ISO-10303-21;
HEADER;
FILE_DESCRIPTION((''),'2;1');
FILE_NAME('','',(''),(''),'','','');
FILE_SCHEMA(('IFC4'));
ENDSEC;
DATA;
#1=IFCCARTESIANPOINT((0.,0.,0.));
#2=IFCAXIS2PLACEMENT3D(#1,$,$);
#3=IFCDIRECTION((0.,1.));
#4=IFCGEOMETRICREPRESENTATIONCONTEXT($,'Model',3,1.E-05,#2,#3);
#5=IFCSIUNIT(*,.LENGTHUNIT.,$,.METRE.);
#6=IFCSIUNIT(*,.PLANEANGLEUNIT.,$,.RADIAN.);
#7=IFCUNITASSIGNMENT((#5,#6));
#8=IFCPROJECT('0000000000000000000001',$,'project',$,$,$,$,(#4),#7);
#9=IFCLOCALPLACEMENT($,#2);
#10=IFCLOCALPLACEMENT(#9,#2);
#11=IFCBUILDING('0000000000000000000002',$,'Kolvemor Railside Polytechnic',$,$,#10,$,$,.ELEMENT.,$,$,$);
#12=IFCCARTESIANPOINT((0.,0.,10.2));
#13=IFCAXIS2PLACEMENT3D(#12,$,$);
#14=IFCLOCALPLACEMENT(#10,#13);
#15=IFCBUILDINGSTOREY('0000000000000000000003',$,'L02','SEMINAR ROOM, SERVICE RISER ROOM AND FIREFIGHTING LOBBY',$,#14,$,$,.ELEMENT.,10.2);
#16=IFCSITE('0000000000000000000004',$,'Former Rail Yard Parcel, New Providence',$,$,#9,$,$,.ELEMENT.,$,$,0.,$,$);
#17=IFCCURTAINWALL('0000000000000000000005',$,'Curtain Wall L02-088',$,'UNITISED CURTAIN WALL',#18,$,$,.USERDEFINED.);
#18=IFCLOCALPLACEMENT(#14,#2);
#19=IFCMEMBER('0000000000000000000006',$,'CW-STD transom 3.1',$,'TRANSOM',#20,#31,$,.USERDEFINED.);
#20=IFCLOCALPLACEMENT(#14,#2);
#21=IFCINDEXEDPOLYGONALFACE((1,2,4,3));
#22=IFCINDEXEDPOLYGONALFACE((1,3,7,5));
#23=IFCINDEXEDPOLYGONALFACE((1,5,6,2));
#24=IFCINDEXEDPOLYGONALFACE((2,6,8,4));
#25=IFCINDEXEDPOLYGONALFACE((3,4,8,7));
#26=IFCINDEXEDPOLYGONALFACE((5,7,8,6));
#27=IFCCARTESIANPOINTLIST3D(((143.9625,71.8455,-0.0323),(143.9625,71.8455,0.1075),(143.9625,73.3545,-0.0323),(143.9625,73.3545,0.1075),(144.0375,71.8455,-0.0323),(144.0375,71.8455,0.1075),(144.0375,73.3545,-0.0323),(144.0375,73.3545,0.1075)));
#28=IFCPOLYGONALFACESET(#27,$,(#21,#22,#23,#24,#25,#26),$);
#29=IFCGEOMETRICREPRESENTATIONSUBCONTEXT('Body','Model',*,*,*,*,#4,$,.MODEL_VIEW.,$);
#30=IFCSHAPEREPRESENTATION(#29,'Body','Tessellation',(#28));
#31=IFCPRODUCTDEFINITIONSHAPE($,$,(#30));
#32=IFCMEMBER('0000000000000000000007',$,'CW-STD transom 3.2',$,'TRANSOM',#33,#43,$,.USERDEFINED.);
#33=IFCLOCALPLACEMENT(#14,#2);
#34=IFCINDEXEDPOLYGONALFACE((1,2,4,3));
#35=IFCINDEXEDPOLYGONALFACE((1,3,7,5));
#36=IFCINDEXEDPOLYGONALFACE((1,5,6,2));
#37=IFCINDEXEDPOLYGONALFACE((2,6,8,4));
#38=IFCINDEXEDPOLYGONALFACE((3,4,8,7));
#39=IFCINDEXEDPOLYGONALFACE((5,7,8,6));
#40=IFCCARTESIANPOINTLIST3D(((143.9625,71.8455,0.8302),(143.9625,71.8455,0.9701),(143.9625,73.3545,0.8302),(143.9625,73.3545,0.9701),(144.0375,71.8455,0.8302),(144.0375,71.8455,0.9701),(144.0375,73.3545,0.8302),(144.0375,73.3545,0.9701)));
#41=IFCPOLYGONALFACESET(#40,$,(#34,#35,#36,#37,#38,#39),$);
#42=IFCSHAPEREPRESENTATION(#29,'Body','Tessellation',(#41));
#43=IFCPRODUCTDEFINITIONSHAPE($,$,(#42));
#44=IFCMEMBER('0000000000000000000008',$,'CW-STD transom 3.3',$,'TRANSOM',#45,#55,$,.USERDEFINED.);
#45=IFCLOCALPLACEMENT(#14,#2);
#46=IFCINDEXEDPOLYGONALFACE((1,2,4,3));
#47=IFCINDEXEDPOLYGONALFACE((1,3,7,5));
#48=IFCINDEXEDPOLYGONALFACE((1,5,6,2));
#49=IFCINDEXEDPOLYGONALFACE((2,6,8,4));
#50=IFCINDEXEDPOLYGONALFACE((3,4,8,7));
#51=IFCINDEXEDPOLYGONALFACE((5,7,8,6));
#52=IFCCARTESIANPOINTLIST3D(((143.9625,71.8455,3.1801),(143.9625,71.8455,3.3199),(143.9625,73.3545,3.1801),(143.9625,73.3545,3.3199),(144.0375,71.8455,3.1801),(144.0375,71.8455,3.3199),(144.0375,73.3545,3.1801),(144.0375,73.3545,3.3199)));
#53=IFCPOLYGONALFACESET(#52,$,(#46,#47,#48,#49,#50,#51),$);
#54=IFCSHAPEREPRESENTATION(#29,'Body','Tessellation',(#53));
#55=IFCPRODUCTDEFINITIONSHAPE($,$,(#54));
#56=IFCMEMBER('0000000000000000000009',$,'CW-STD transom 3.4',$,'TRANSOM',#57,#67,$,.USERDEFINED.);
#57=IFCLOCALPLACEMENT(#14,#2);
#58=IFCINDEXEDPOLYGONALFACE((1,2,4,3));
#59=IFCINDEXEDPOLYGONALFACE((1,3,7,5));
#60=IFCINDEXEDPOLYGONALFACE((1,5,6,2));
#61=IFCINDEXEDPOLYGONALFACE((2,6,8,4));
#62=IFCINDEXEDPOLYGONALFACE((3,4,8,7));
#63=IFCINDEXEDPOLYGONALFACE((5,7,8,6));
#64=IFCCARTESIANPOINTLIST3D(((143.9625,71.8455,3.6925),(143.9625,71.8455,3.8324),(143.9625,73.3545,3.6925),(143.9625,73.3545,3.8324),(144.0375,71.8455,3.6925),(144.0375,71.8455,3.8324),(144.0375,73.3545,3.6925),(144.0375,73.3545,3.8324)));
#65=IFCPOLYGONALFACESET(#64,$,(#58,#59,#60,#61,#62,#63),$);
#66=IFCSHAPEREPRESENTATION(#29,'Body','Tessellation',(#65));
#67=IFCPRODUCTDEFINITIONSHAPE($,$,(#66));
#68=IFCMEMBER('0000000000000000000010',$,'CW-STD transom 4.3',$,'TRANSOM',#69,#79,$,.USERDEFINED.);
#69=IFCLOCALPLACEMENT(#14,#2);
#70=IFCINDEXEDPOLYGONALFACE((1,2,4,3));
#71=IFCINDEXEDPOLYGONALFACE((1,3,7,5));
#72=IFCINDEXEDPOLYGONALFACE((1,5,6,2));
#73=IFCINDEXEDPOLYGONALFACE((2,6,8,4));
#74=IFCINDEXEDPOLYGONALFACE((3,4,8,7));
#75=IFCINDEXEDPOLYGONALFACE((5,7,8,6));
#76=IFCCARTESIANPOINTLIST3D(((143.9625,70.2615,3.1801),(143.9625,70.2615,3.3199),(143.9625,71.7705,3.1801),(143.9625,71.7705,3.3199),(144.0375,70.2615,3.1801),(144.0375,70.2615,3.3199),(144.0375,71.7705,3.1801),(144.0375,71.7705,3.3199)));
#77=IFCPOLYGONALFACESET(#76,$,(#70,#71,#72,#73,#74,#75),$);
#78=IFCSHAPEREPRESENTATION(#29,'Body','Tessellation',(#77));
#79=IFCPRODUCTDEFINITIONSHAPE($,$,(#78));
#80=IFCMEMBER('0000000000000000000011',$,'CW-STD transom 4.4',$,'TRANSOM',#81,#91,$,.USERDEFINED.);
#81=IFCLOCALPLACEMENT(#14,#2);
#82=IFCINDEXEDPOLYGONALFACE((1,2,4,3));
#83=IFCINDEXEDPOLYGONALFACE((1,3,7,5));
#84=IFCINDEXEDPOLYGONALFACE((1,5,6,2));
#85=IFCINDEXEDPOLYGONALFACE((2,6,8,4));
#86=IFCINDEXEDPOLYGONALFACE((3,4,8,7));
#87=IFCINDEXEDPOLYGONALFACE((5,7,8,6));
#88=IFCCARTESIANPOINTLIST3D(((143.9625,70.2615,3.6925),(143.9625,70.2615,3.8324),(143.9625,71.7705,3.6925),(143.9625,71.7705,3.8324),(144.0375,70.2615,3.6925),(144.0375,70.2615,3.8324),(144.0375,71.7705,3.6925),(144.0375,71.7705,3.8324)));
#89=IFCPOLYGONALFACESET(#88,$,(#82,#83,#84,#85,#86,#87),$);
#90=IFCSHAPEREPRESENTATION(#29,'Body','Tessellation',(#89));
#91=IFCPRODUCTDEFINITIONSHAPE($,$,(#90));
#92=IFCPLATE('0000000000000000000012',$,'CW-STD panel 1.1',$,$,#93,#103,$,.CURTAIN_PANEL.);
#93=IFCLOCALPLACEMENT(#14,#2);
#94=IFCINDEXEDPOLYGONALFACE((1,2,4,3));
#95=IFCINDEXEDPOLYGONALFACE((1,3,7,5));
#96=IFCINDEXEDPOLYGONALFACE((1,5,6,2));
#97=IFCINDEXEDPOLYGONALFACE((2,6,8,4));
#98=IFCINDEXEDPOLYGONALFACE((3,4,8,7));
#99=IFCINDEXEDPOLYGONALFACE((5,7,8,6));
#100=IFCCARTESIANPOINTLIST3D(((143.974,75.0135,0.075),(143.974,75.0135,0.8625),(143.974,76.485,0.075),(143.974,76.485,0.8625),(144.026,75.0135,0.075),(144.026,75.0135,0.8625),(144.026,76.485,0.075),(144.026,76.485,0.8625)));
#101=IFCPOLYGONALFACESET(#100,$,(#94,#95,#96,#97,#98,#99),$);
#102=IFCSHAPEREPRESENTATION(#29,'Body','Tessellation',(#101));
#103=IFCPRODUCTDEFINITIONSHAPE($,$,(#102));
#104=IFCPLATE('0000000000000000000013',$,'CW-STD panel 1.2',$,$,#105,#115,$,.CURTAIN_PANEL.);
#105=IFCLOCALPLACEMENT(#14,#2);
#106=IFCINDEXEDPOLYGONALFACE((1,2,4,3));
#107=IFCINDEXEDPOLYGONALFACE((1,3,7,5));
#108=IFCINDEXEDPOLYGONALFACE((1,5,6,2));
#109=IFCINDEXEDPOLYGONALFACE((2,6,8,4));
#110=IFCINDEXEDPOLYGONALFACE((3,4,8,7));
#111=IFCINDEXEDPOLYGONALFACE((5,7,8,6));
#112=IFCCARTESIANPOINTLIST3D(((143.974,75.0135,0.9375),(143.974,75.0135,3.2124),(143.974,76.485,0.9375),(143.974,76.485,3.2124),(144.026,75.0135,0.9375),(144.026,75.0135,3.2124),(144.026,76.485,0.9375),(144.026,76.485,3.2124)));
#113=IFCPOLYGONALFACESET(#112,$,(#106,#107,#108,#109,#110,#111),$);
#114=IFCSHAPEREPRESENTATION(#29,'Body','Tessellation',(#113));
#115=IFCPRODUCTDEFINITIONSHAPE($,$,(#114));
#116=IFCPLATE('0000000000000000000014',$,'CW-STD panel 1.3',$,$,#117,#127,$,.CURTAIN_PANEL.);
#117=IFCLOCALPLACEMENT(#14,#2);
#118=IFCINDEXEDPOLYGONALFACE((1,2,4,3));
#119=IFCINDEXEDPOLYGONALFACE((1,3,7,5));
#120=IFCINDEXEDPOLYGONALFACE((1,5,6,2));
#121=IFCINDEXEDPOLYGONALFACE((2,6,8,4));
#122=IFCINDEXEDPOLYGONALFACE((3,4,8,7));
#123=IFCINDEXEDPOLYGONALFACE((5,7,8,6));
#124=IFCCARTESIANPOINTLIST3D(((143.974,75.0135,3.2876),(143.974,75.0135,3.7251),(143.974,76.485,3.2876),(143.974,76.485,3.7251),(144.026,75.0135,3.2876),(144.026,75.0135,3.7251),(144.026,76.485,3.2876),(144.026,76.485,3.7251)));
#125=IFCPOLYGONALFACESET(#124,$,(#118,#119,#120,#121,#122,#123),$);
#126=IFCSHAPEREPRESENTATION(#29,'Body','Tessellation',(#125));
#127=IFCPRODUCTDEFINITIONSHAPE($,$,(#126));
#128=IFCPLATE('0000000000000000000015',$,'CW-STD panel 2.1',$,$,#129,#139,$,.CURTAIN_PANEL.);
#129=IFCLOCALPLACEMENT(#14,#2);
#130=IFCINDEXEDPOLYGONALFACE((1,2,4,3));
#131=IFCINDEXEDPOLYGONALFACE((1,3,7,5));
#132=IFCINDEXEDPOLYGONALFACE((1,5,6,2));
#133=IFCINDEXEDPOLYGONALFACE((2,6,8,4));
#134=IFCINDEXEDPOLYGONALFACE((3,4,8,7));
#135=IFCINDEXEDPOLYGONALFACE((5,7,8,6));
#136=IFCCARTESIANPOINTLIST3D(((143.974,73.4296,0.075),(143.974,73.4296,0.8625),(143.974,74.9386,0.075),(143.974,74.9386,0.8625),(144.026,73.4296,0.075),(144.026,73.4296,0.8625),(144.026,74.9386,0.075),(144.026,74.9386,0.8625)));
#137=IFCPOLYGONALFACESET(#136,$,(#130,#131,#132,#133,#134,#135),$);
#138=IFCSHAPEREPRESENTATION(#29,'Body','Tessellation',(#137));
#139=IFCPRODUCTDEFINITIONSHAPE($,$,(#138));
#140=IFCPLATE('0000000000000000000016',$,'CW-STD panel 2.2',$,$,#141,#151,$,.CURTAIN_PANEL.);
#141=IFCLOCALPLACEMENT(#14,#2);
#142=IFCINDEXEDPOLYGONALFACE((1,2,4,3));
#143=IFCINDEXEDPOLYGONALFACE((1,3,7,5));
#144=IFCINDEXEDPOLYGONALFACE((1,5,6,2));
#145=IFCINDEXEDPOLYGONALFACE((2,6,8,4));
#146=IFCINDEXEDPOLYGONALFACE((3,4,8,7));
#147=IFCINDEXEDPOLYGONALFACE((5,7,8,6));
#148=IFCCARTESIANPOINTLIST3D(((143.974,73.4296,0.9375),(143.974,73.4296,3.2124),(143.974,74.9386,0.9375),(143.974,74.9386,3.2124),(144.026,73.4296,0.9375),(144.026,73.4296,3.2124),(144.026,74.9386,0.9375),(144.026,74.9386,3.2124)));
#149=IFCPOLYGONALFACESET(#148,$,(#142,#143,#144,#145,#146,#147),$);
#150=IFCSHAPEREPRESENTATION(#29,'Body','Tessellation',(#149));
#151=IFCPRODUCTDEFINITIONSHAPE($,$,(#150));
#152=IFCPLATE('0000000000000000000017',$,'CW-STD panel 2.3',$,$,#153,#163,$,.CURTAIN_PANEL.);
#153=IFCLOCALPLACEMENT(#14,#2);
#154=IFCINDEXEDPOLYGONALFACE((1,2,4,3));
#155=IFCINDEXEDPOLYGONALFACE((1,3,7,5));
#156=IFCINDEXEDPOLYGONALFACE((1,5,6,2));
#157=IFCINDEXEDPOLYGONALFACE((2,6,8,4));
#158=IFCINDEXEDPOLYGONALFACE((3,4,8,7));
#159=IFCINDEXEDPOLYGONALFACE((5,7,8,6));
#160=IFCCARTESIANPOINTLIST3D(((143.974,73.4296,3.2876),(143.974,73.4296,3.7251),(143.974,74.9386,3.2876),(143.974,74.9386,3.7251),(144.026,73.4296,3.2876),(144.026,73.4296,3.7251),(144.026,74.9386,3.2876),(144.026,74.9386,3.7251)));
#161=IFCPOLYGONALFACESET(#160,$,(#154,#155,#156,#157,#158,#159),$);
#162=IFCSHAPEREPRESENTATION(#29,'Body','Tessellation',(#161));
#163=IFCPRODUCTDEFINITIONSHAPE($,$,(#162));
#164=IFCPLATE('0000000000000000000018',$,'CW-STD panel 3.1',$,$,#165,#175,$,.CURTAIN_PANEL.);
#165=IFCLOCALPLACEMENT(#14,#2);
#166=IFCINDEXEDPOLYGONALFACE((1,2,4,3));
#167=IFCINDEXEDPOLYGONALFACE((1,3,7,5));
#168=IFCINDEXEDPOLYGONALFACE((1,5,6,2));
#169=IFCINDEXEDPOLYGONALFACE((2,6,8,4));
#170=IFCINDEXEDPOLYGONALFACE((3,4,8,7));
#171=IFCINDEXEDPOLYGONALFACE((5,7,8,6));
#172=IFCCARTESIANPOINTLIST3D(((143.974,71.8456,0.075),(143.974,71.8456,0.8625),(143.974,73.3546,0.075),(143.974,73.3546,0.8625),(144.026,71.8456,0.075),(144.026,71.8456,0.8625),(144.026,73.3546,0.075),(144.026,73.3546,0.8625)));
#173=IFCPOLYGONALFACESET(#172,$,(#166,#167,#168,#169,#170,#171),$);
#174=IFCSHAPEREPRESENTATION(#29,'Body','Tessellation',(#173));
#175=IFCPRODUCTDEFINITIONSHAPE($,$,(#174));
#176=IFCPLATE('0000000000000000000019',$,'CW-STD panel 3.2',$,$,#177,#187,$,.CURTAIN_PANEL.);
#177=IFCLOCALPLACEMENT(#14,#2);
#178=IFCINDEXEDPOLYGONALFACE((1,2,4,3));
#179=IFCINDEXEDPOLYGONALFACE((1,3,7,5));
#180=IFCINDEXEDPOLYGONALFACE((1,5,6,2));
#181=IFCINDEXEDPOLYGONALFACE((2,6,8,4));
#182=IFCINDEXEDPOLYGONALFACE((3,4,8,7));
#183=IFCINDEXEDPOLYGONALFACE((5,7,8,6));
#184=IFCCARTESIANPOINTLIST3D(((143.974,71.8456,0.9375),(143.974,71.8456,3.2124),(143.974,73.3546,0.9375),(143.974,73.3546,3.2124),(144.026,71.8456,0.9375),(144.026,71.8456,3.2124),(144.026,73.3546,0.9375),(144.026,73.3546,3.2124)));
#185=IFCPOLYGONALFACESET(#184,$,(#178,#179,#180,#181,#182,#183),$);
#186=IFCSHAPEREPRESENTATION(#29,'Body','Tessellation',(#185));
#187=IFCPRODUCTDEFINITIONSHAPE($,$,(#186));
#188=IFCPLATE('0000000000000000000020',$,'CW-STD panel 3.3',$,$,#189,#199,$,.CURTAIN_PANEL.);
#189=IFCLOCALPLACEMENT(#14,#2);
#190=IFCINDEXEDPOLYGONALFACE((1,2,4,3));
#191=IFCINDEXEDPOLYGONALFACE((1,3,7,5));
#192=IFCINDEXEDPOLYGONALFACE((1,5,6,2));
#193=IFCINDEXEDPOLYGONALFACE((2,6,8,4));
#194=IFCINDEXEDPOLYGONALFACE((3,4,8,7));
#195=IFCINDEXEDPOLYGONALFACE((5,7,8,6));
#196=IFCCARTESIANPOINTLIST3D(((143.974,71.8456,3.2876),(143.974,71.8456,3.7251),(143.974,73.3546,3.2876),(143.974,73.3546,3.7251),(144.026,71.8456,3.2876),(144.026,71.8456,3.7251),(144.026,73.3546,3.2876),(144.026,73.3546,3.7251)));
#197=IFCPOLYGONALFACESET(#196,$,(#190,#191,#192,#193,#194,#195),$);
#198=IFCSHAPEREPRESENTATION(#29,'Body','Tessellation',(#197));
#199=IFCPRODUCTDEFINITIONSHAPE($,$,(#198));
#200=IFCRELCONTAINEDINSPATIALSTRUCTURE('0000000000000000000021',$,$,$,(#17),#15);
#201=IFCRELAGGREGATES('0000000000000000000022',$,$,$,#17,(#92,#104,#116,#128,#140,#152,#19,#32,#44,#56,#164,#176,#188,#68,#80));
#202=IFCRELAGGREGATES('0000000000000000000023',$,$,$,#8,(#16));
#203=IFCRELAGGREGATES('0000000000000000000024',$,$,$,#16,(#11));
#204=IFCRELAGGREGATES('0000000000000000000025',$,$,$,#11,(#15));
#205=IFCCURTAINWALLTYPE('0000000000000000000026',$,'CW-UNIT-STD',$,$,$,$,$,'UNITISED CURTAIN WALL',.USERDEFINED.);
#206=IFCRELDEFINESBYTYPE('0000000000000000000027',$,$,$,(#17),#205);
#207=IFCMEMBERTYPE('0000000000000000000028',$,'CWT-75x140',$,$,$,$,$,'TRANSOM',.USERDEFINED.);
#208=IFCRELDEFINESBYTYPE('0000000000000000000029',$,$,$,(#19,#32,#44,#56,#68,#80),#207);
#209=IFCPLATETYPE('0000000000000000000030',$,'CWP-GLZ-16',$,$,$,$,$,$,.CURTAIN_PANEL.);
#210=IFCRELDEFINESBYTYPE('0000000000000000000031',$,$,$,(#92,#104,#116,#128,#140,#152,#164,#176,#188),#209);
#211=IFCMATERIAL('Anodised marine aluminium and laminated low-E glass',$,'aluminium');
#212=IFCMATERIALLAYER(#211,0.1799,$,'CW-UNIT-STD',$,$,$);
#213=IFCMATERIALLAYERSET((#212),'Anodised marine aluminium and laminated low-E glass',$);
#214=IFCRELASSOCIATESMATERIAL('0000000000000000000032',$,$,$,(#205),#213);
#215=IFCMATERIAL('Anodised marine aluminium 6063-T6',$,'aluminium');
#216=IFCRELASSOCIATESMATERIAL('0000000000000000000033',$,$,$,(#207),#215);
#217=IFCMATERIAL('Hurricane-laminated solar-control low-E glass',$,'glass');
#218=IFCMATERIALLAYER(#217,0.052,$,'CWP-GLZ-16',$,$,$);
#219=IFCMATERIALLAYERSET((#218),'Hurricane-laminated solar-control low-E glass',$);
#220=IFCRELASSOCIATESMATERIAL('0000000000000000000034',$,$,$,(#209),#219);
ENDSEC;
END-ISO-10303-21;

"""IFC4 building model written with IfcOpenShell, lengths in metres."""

from ifc_helpers import new_model, si_unit, direction, frame, origin, origin_2d, place, context, subcontext, project, spatial, rectangle, extrude, material, layer, layer_set, material_profile, profile_set, type_object, element, aggregate, save


model = new_model("IFC4")

# Units and contexts
model_context = context("Model", 3, precision=1e-05, world=origin(), true_north=direction((0.0, 1.0)))
body_context = subcontext(model_context, "Body", "Model", "MODEL_VIEW")
ifc_project = project(units=[si_unit("LENGTHUNIT", "METRE"), si_unit("PLANEANGLEUNIT", "RADIAN")], contexts=[model_context])

# Site, building, storey
site_placement = place(None, origin())
site = spatial("IfcSite", under=ifc_project, at=site_placement, Name="Former Rail Yard Parcel, New Providence", CompositionType="ELEMENT", RefElevation=0.0)
building_placement = place(site_placement, origin())
building = spatial("IfcBuilding", under=site, at=building_placement, Name="Kolvemor Railside Polytechnic", CompositionType="ELEMENT")
storey_placement = place(building_placement, frame((0.0, 0.0, 10.2)))
storey = spatial("IfcBuildingStorey", under=building, at=storey_placement, Name="L02", Description="SEMINAR ROOM, SERVICE RISER ROOM AND FIREFIGHTING LOBBY", CompositionType="ELEMENT", Elevation=10.2)

# Curtain wall, members, plates
ifc_material_1 = material(Name="Anodised marine aluminium and laminated low-E glass", Category="aluminium")
ifc_layer_1 = layer(ifc_material_1, 0.1799, Name="CW-UNIT-STD")
ifc_layer_set_1 = layer_set([ifc_layer_1], Name="Anodised marine aluminium and laminated low-E glass")
curtain_wall_type = type_object("IfcCurtainWallType", Name="CW-UNIT-STD", ElementType="UNITISED CURTAIN WALL", PredefinedType="USERDEFINED", material=ifc_layer_set_1)
curtain_wall_placement = place(storey_placement, origin())
curtain_wall = element("IfcCurtainWall", 1, at=curtain_wall_placement, inside=storey, type_object=curtain_wall_type, Name="Curtain Wall L02-088", ObjectType="UNITISED CURTAIN WALL", PredefinedType="USERDEFINED")
ifc_material_2 = material(Name="Anodised marine aluminium 6063-T6", Category="aluminium")
ifc_material_profile_1 = material_profile(ifc_material_2, rectangle(XDim=0.075, YDim=0.1399, at=origin_2d()), Name="CW-TRN-75x140")
ifc_profile_set_1 = profile_set([ifc_material_profile_1], Name="Anodised marine aluminium 6063-T6")
member_type_1 = type_object("IfcMemberType", Name="CWT-75x140", ElementType="TRANSOM", PredefinedType="USERDEFINED", material=ifc_profile_set_1)
member_1_placement = place(storey_placement, frame((144.0, 73.3545, 0.0376), z_axis=(0.0, -1.0, 0.0), x_axis=(1.0, 0.0, 0.0)))
member_1 = element("IfcMember", 2, at=member_1_placement, type_object=member_type_1, Name="CW-STD transom 3.1", ObjectType="TRANSOM", PredefinedType="USERDEFINED", context=body_context, shape_type="SweptSolid", body=[
    extrude(rectangle(XDim=0.075, YDim=0.1399, at=origin_2d()), origin(), (0.0, 0.0, 1.0), 1.509),
])
member_2_placement = place(storey_placement, frame((144.0, 73.3545, 0.9001), z_axis=(0.0, -1.0, 0.0), x_axis=(1.0, 0.0, 0.0)))
member_2 = element("IfcMember", 3, at=member_2_placement, type_object=member_type_1, Name="CW-STD transom 3.2", ObjectType="TRANSOM", PredefinedType="USERDEFINED", context=body_context, shape_type="SweptSolid", body=[
    extrude(rectangle(XDim=0.075, YDim=0.1399, at=origin_2d()), origin(), (0.0, 0.0, 1.0), 1.509),
])
member_3_placement = place(storey_placement, frame((144.0, 73.3545, 3.25), z_axis=(0.0, -1.0, 0.0), x_axis=(1.0, 0.0, 0.0)))
member_3 = element("IfcMember", 4, at=member_3_placement, type_object=member_type_1, Name="CW-STD transom 3.3", ObjectType="TRANSOM", PredefinedType="USERDEFINED", context=body_context, shape_type="SweptSolid", body=[
    extrude(rectangle(XDim=0.075, YDim=0.1399, at=origin_2d()), origin(), (0.0, 0.0, 1.0), 1.509),
])
member_4_placement = place(storey_placement, frame((144.0, 73.3545, 3.7625), z_axis=(0.0, -1.0, 0.0), x_axis=(1.0, 0.0, 0.0)))
member_4 = element("IfcMember", 5, at=member_4_placement, type_object=member_type_1, Name="CW-STD transom 3.4", ObjectType="TRANSOM", PredefinedType="USERDEFINED", context=body_context, shape_type="SweptSolid", body=[
    extrude(rectangle(XDim=0.075, YDim=0.1399, at=origin_2d()), origin(), (0.0, 0.0, 1.0), 1.509),
])
member_5_placement = place(storey_placement, frame((144.0, 71.7705, 3.25), z_axis=(0.0, -1.0, 0.0), x_axis=(1.0, 0.0, 0.0)))
member_5 = element("IfcMember", 6, at=member_5_placement, type_object=member_type_1, Name="CW-STD transom 4.3", ObjectType="TRANSOM", PredefinedType="USERDEFINED", context=body_context, shape_type="SweptSolid", body=[
    extrude(rectangle(XDim=0.075, YDim=0.1399, at=origin_2d()), origin(), (0.0, 0.0, 1.0), 1.509),
])
member_6_placement = place(storey_placement, frame((144.0, 71.7705, 3.7625), z_axis=(0.0, -1.0, 0.0), x_axis=(1.0, 0.0, 0.0)))
member_6 = element("IfcMember", 7, at=member_6_placement, type_object=member_type_1, Name="CW-STD transom 4.4", ObjectType="TRANSOM", PredefinedType="USERDEFINED", context=body_context, shape_type="SweptSolid", body=[
    extrude(rectangle(XDim=0.075, YDim=0.1399, at=origin_2d()), origin(), (0.0, 0.0, 1.0), 1.509),
])
ifc_material_3 = material(Name="Hurricane-laminated solar-control low-E glass", Category="glass")
ifc_layer_2 = layer(ifc_material_3, 0.052, Name="CWP-GLZ-16")
ifc_layer_set_2 = layer_set([ifc_layer_2], Name="Hurricane-laminated solar-control low-E glass")
plate_type = type_object("IfcPlateType", Name="CWP-GLZ-16", PredefinedType="CURTAIN_PANEL", material=ifc_layer_set_2)
plate_1_placement = place(storey_placement, frame((144.0, 75.7493, 0.075), z_axis=(0.0, 0.0, 1.0), x_axis=(0.0, -1.0, 0.0)))
plate_1 = element("IfcPlate", 8, at=plate_1_placement, type_object=plate_type, Name="CW-STD panel 1.1", PredefinedType="CURTAIN_PANEL", context=body_context, shape_type="SweptSolid", body=[
    extrude(rectangle(XDim=1.4714, YDim=0.052, at=origin_2d()), origin(), (0.0, 0.0, 1.0), 0.7876),
])
plate_2_placement = place(storey_placement, frame((144.0, 75.7493, 0.9375), z_axis=(0.0, 0.0, 1.0), x_axis=(0.0, -1.0, 0.0)))
plate_2 = element("IfcPlate", 9, at=plate_2_placement, type_object=plate_type, Name="CW-STD panel 1.2", PredefinedType="CURTAIN_PANEL", context=body_context, shape_type="SweptSolid", body=[
    extrude(rectangle(XDim=1.4714, YDim=0.052, at=origin_2d()), origin(), (0.0, 0.0, 1.0), 2.2749),
])
plate_3_placement = place(storey_placement, frame((144.0, 75.7493, 3.2876), z_axis=(0.0, 0.0, 1.0), x_axis=(0.0, -1.0, 0.0)))
plate_3 = element("IfcPlate", 10, at=plate_3_placement, type_object=plate_type, Name="CW-STD panel 1.3", PredefinedType="CURTAIN_PANEL", context=body_context, shape_type="SweptSolid", body=[
    extrude(rectangle(XDim=1.4714, YDim=0.052, at=origin_2d()), origin(), (0.0, 0.0, 1.0), 0.4375),
])
plate_4_placement = place(storey_placement, frame((144.0, 74.1841, 0.075), z_axis=(0.0, 0.0, 1.0), x_axis=(0.0, -1.0, 0.0)))
plate_4 = element("IfcPlate", 11, at=plate_4_placement, type_object=plate_type, Name="CW-STD panel 2.1", PredefinedType="CURTAIN_PANEL", context=body_context, shape_type="SweptSolid", body=[
    extrude(rectangle(XDim=1.509, YDim=0.052, at=origin_2d()), origin(), (0.0, 0.0, 1.0), 0.7876),
])
plate_5_placement = place(storey_placement, frame((144.0, 74.1841, 0.9375), z_axis=(0.0, 0.0, 1.0), x_axis=(0.0, -1.0, 0.0)))
plate_5 = element("IfcPlate", 12, at=plate_5_placement, type_object=plate_type, Name="CW-STD panel 2.2", PredefinedType="CURTAIN_PANEL", context=body_context, shape_type="SweptSolid", body=[
    extrude(rectangle(XDim=1.509, YDim=0.052, at=origin_2d()), origin(), (0.0, 0.0, 1.0), 2.2749),
])
plate_6_placement = place(storey_placement, frame((144.0, 74.1841, 3.2876), z_axis=(0.0, 0.0, 1.0), x_axis=(0.0, -1.0, 0.0)))
plate_6 = element("IfcPlate", 13, at=plate_6_placement, type_object=plate_type, Name="CW-STD panel 2.3", PredefinedType="CURTAIN_PANEL", context=body_context, shape_type="SweptSolid", body=[
    extrude(rectangle(XDim=1.509, YDim=0.052, at=origin_2d()), origin(), (0.0, 0.0, 1.0), 0.4375),
])
plate_7_placement = place(storey_placement, frame((144.0, 72.6001, 0.075), z_axis=(0.0, 0.0, 1.0), x_axis=(0.0, -1.0, 0.0)))
plate_7 = element("IfcPlate", 14, at=plate_7_placement, type_object=plate_type, Name="CW-STD panel 3.1", PredefinedType="CURTAIN_PANEL", context=body_context, shape_type="SweptSolid", body=[
    extrude(rectangle(XDim=1.509, YDim=0.052, at=origin_2d()), origin(), (0.0, 0.0, 1.0), 0.7876),
])
plate_8_placement = place(storey_placement, frame((144.0, 72.6001, 0.9375), z_axis=(0.0, 0.0, 1.0), x_axis=(0.0, -1.0, 0.0)))
plate_8 = element("IfcPlate", 15, at=plate_8_placement, type_object=plate_type, Name="CW-STD panel 3.2", PredefinedType="CURTAIN_PANEL", context=body_context, shape_type="SweptSolid", body=[
    extrude(rectangle(XDim=1.509, YDim=0.052, at=origin_2d()), origin(), (0.0, 0.0, 1.0), 2.2749),
])
plate_9_placement = place(storey_placement, frame((144.0, 72.6001, 3.2876), z_axis=(0.0, 0.0, 1.0), x_axis=(0.0, -1.0, 0.0)))
plate_9 = element("IfcPlate", 16, at=plate_9_placement, type_object=plate_type, Name="CW-STD panel 3.3", PredefinedType="CURTAIN_PANEL", context=body_context, shape_type="SweptSolid", body=[
    extrude(rectangle(XDim=1.509, YDim=0.052, at=origin_2d()), origin(), (0.0, 0.0, 1.0), 0.4375),
])
aggregate(curtain_wall, [plate_1, plate_2, plate_3, plate_4, plate_5, plate_6, member_1, member_2, member_3, member_4, plate_7, plate_8, plate_9, member_5, member_6])

save(model, "model.ifc")
